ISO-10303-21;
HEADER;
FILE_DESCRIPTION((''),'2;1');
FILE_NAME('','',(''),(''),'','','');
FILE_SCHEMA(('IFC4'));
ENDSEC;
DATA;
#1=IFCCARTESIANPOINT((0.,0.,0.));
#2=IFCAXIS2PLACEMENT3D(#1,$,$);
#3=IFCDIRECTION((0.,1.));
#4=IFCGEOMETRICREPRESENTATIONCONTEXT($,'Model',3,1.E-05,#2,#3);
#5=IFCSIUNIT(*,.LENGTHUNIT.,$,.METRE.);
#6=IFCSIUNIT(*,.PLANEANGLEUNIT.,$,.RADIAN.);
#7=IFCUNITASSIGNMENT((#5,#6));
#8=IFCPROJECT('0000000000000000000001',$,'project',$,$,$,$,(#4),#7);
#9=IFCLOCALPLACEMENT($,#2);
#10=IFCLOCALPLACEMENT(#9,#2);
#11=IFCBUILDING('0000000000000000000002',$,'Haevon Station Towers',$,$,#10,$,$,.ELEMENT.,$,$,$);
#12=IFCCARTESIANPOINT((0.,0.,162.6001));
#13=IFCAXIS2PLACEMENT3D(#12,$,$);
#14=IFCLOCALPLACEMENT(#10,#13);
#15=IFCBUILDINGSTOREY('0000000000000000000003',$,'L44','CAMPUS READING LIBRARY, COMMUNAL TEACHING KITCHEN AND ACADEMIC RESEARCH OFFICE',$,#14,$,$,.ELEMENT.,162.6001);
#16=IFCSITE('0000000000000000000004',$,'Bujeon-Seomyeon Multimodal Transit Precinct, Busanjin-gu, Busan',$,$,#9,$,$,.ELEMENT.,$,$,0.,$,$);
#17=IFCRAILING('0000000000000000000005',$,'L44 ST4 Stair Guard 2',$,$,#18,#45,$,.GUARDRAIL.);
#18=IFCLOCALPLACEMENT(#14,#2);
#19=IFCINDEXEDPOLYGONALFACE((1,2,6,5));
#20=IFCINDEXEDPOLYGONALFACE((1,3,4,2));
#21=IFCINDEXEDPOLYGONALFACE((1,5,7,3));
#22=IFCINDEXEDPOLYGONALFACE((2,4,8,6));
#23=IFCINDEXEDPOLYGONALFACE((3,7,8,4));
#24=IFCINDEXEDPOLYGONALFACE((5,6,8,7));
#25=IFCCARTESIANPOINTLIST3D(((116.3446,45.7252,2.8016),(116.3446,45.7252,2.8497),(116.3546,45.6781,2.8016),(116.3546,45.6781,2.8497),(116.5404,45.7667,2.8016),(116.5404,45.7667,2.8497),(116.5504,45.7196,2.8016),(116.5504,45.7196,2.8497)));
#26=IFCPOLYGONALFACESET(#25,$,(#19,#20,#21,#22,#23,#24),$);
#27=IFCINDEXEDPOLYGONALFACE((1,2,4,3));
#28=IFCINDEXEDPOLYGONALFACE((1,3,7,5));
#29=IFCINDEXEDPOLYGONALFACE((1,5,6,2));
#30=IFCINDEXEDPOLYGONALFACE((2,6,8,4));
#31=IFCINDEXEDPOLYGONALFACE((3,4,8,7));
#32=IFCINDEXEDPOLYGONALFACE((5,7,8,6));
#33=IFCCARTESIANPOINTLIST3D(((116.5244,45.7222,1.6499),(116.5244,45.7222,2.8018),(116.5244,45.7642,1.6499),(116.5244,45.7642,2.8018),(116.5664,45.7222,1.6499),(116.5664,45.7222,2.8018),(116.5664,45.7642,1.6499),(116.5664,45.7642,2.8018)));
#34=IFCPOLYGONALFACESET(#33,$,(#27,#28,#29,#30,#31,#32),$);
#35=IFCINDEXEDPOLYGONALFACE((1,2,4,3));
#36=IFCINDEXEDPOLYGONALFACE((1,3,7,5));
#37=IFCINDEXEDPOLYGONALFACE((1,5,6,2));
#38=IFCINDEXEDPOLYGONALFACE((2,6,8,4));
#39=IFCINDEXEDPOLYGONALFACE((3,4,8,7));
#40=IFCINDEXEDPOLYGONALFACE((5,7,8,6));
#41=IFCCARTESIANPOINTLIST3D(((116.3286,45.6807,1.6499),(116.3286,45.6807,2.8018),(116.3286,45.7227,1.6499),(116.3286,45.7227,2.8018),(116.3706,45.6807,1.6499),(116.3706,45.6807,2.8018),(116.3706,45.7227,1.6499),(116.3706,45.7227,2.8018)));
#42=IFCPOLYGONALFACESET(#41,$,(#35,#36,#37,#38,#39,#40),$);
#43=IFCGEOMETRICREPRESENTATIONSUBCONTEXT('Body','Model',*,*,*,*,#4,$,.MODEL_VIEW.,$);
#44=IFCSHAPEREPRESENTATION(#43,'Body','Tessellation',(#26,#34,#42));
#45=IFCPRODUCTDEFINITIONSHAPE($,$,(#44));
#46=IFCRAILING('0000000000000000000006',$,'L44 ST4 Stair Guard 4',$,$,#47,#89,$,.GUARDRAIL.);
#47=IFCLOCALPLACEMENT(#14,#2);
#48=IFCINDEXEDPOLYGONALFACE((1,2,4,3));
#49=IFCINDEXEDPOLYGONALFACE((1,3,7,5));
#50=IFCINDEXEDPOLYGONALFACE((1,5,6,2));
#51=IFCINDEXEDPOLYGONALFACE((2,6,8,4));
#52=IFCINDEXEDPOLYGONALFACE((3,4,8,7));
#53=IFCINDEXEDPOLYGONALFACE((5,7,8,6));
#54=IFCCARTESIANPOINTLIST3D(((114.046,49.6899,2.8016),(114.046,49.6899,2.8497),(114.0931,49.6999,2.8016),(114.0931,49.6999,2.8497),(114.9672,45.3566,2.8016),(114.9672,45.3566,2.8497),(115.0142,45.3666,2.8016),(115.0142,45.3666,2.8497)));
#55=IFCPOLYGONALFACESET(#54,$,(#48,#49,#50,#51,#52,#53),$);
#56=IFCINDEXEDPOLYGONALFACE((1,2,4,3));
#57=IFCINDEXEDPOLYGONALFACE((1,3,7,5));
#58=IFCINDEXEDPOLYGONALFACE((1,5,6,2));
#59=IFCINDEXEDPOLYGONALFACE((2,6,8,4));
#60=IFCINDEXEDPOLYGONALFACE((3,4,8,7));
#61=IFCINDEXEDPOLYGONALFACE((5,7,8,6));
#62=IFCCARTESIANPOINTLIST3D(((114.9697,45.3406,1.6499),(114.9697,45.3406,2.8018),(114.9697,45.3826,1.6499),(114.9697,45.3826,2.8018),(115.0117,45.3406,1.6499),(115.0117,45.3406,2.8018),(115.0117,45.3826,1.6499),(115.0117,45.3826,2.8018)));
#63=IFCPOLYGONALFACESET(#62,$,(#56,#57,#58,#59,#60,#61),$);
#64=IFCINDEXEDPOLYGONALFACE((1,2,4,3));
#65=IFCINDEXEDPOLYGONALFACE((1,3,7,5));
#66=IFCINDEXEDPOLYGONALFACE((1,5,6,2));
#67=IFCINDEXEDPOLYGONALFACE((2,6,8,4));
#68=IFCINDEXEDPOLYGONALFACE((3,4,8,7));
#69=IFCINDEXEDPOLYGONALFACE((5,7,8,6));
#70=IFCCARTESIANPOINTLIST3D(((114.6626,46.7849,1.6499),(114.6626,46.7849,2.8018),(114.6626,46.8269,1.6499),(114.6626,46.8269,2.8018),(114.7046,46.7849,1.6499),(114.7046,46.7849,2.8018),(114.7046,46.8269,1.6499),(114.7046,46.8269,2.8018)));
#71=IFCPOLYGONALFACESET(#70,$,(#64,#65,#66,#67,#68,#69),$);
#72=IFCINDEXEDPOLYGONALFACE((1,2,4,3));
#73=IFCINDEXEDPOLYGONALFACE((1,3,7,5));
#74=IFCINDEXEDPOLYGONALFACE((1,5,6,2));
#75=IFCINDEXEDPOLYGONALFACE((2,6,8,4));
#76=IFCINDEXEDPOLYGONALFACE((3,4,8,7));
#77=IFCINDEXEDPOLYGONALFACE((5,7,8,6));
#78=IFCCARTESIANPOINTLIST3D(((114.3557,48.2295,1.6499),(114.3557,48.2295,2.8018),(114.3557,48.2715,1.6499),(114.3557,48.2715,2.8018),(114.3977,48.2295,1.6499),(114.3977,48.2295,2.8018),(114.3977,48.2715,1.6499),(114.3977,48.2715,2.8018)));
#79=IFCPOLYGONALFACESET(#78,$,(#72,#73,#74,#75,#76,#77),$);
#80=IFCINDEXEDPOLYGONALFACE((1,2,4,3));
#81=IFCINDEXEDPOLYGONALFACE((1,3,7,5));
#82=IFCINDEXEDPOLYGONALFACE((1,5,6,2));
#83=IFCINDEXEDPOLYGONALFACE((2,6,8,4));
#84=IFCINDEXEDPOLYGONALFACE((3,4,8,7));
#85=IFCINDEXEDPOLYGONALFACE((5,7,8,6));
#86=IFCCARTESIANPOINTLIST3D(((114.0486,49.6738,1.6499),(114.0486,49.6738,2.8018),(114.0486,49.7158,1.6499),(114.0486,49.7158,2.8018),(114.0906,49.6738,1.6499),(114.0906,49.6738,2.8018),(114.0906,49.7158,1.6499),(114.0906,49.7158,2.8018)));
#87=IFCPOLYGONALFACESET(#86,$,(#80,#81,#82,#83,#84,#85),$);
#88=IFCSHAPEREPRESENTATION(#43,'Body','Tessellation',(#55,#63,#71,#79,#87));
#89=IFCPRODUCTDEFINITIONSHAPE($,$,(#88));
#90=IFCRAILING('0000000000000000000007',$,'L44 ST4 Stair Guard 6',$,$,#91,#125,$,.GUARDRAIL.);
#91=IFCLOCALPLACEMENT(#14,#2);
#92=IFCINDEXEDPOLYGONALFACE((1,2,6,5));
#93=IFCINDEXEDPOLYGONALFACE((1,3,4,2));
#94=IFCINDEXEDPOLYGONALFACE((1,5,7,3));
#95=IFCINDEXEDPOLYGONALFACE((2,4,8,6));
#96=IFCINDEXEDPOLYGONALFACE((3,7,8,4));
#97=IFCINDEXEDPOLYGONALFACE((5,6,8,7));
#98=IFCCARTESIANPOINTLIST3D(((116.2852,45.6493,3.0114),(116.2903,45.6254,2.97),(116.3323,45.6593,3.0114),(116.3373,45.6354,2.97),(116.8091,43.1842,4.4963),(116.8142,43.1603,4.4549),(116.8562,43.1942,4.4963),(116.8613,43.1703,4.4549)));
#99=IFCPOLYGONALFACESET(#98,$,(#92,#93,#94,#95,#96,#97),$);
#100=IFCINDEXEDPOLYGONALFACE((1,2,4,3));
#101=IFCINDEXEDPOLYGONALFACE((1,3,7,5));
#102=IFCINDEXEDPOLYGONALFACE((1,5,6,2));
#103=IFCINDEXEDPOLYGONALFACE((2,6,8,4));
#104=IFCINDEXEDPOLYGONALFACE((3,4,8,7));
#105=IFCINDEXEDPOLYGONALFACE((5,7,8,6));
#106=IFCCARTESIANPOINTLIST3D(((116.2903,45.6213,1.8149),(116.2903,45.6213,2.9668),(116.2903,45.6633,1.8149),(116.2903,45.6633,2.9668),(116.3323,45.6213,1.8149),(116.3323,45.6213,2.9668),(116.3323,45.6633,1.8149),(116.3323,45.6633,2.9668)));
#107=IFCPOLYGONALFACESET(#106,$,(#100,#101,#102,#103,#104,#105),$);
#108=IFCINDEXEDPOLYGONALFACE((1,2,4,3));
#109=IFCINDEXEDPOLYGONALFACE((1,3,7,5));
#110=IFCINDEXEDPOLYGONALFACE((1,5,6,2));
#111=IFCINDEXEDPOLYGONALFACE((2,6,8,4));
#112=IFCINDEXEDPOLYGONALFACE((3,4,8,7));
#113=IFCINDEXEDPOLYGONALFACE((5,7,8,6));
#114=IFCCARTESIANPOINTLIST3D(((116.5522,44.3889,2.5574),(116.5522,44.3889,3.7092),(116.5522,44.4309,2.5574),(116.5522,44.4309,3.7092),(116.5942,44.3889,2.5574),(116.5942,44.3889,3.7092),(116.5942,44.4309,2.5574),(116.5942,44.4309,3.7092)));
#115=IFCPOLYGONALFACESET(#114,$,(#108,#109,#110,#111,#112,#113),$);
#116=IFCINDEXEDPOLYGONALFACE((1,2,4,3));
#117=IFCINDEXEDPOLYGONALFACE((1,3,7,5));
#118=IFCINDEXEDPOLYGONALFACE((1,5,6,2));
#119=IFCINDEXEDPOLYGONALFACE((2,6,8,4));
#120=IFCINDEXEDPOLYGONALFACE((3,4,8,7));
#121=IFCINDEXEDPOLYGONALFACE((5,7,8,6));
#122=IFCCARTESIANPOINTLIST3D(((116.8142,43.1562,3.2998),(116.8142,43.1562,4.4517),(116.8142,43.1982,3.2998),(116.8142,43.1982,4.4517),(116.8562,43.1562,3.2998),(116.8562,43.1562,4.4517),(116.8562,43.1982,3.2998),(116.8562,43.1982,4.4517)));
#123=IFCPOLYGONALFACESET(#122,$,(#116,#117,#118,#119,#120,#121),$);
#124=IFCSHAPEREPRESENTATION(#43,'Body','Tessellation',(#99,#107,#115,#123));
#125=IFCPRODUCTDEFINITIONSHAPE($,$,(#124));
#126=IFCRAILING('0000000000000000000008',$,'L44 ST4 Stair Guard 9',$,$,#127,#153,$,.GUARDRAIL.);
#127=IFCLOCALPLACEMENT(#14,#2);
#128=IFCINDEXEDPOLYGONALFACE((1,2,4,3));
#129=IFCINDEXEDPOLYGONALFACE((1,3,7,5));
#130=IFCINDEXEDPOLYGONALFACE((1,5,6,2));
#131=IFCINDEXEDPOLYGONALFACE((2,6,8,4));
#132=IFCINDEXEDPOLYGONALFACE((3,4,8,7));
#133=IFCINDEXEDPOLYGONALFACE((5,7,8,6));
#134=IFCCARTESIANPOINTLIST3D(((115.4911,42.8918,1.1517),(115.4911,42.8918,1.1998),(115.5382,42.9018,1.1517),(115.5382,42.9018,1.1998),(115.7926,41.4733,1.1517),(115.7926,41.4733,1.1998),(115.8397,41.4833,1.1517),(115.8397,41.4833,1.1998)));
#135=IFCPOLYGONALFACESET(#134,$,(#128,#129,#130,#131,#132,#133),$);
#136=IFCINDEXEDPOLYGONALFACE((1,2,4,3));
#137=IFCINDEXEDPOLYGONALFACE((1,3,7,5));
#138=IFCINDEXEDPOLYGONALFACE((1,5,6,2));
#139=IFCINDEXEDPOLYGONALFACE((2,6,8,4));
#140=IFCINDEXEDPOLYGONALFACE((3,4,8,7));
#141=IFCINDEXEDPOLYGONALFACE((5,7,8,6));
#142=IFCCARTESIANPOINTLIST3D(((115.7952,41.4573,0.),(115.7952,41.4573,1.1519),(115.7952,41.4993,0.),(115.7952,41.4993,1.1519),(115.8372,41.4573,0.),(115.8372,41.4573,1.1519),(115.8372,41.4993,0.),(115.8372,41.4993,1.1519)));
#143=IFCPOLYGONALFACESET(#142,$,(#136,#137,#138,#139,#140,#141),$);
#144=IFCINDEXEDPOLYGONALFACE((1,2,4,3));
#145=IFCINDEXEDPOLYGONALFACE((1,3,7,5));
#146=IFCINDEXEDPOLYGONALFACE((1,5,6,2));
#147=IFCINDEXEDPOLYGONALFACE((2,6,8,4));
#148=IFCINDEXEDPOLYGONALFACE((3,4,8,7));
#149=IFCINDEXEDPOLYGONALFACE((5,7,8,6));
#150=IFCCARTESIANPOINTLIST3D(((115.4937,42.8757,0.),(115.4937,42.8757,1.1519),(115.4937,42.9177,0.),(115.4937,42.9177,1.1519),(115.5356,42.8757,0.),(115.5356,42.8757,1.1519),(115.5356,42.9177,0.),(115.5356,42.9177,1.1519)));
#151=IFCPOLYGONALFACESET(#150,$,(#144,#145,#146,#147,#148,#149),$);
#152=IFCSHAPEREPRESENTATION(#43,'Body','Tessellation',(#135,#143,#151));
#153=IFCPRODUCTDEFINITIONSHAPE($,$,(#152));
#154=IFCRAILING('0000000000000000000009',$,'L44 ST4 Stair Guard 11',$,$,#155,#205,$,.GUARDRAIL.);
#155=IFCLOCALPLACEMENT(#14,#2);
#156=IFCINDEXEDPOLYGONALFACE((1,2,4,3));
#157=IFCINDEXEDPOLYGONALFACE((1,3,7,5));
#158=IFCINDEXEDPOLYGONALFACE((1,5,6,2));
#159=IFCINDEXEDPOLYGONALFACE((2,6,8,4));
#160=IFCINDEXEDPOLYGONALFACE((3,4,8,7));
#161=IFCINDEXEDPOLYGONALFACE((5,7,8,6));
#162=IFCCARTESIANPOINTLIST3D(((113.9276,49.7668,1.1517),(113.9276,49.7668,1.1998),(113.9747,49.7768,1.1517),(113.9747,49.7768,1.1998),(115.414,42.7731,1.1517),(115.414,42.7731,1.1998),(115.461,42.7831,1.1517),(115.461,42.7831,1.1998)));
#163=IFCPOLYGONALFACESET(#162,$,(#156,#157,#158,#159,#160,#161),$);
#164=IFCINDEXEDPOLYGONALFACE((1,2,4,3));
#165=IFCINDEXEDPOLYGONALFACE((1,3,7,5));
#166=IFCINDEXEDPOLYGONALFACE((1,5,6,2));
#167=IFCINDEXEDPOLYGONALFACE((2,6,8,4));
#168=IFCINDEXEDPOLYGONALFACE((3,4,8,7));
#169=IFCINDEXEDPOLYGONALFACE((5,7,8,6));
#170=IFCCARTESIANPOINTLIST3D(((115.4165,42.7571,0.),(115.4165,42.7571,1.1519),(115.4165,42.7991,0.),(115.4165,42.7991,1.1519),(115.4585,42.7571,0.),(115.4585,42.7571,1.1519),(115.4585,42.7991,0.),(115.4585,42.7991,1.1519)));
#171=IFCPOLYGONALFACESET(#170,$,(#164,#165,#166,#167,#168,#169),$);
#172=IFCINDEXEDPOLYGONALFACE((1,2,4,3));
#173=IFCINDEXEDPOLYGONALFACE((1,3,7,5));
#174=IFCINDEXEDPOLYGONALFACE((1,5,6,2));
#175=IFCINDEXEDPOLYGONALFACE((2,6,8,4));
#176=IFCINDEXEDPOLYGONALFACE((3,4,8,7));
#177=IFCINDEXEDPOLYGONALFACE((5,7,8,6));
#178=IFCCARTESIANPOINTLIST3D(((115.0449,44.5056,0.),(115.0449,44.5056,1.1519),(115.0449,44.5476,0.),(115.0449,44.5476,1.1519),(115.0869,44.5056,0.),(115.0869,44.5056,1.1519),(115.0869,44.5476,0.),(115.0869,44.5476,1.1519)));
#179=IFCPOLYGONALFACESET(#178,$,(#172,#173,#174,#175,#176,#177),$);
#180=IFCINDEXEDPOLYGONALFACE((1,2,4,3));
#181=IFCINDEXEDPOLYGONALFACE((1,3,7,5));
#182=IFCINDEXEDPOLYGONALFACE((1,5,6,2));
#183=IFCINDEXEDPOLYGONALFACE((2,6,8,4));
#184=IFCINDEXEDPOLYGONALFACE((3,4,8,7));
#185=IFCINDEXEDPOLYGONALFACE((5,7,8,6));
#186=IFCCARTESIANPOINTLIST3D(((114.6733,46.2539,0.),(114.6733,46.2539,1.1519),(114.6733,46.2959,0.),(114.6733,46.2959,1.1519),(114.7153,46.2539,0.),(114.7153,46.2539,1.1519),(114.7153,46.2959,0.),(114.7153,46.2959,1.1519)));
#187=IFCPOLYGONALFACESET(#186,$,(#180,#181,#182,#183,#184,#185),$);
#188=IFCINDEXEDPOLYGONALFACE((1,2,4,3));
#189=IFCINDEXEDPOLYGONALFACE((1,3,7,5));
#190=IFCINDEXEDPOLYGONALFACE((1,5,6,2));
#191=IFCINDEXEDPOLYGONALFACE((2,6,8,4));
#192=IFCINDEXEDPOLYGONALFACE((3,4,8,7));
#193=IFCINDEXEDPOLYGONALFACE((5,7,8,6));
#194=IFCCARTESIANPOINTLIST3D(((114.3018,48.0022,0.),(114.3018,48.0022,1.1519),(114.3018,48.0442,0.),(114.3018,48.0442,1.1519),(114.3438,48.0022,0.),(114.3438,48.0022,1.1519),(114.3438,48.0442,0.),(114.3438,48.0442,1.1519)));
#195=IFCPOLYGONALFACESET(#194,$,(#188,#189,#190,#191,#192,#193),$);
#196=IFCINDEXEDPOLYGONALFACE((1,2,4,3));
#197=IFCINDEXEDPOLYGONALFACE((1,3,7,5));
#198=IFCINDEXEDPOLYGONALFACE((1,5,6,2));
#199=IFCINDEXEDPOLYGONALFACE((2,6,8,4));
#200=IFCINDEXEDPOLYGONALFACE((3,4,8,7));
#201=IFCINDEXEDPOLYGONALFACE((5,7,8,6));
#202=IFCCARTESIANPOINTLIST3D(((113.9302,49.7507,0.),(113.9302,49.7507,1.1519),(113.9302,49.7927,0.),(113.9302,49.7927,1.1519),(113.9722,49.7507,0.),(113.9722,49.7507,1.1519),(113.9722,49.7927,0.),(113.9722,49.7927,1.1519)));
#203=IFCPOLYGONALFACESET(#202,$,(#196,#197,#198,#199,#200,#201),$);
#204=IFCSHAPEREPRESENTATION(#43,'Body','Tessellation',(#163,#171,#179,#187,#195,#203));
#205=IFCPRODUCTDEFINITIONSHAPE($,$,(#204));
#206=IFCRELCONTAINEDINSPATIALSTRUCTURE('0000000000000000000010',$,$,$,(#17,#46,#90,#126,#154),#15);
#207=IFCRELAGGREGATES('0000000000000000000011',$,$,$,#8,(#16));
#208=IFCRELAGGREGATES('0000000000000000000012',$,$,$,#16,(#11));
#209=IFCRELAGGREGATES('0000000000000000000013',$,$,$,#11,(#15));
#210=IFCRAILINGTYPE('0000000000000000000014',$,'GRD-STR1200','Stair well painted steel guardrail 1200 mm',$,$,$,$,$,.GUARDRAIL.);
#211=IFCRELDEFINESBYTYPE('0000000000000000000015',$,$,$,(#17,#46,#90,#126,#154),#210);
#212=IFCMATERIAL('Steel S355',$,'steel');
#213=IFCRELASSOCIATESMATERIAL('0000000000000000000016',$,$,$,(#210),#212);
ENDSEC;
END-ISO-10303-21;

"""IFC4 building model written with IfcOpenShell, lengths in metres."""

from ifc_helpers import new_model, si_unit, direction, frame, origin, origin_2d, place, context, subcontext, project, spatial, rectangle, extrude, material, type_object, element, save


model = new_model("IFC4")

# Units and contexts
model_context = context("Model", 3, precision=1e-05, world=origin(), true_north=direction((0.0, 1.0)))
body_context = subcontext(model_context, "Body", "Model", "MODEL_VIEW")
ifc_project = project(units=[si_unit("LENGTHUNIT", "METRE"), si_unit("PLANEANGLEUNIT", "RADIAN")], contexts=[model_context])

# Site, building, storey
site_placement = place(None, origin())
site = spatial("IfcSite", under=ifc_project, at=site_placement, Name="Bujeon-Seomyeon Multimodal Transit Precinct, Busanjin-gu, Busan", CompositionType="ELEMENT", RefElevation=0.0)
building_placement = place(site_placement, origin())
building = spatial("IfcBuilding", under=site, at=building_placement, Name="Haevon Station Towers", CompositionType="ELEMENT")
storey_placement = place(building_placement, frame((0.0, 0.0, 162.6001)))
storey = spatial("IfcBuildingStorey", under=building, at=storey_placement, Name="L44", Description="CAMPUS READING LIBRARY, COMMUNAL TEACHING KITCHEN AND ACADEMIC RESEARCH OFFICE", CompositionType="ELEMENT", Elevation=162.6001)

# Shared definitions
ifc_material_1 = material(Name="Steel S355", Category="steel")

# Railings
railing_type_1 = type_object("IfcRailingType", Name="GRD-STR1200", Description="Stair well painted steel guardrail 1200 mm", PredefinedType="GUARDRAIL", material=ifc_material_1)
railing_1_placement = place(storey_placement, frame((116.5454, 45.7432, 1.6499)))
element("IfcRailing", 1, at=railing_1_placement, inside=storey, type_object=railing_type_1, Name="L44 ST4 Stair Guard 2", PredefinedType="GUARDRAIL", context=body_context, shape_type="SweptSolid", body=[
    extrude(rectangle(XDim=0.0481, YDim=0.0481, at=origin_2d()), frame((0.0, 0.0, 1.1758), z_axis=(-0.978264, -0.207363, 0.0), x_axis=(0.207363, -0.978264, 0.0)), (0.0, 0.0, 1.0), 0.2002),
    extrude(rectangle(XDim=0.042, YDim=0.042, at=origin_2d()), origin(), (0.0, 0.0, 1.0), 1.1519),
    extrude(rectangle(XDim=0.042, YDim=0.042, at=origin_2d()), frame((-0.1958, -0.0415, 0.0)), (0.0, 0.0, 1.0), 1.1519),
])
railing_2_placement = place(storey_placement, frame((114.9907, 45.3616, 1.6499)))
element("IfcRailing", 2, at=railing_2_placement, inside=storey, type_object=railing_type_1, Name="L44 ST4 Stair Guard 4", PredefinedType="GUARDRAIL", context=body_context, shape_type="SweptSolid", body=[
    extrude(rectangle(XDim=0.0481, YDim=0.0481, at=origin_2d()), frame((0.0, 0.0, 1.1758), z_axis=(-0.207929, 0.978144, 0.0), x_axis=(-0.978144, -0.207929, 0.0)), (0.0, 0.0, 1.0), 4.4302),
    extrude(rectangle(XDim=0.042, YDim=0.042, at=origin_2d()), origin(), (0.0, 0.0, 1.0), 1.1519),
    extrude(rectangle(XDim=0.042, YDim=0.042, at=origin_2d()), frame((-0.3071, 1.4443, 0.0)), (0.0, 0.0, 1.0), 1.1519),
    extrude(rectangle(XDim=0.042, YDim=0.042, at=origin_2d()), frame((-0.614, 2.8889, 0.0)), (0.0, 0.0, 1.0), 1.1519),
    extrude(rectangle(XDim=0.042, YDim=0.042, at=origin_2d()), frame((-0.9211, 4.3333, 0.0)), (0.0, 0.0, 1.0), 1.1519),
])
railing_3_placement = place(storey_placement, frame((116.3113, 45.6423, 1.8149)))
element("IfcRailing", 3, at=railing_3_placement, inside=storey, type_object=railing_type_1, Name="L44 ST4 Stair Guard 6", PredefinedType="GUARDRAIL", context=body_context, shape_type="SweptSolid", body=[
    extrude(rectangle(XDim=0.0481, YDim=0.0481, at=origin_2d()), frame((0.0, 0.0, 1.1758), z_axis=(0.179116, -0.842748, 0.507635), x_axis=(0.978151, 0.207895, 0.0)), (0.0, 0.0, 1.0), 2.925),
    extrude(rectangle(XDim=0.042, YDim=0.042, at=origin_2d()), origin(), (0.0, 0.0, 1.0), 1.1519),
    extrude(rectangle(XDim=0.042, YDim=0.042, at=origin_2d()), frame((0.262, -1.2324, 0.7424)), (0.0, 0.0, 1.0), 1.1519),
    extrude(rectangle(XDim=0.042, YDim=0.042, at=origin_2d()), frame((0.5239, -2.4651, 1.4849)), (0.0, 0.0, 1.0), 1.1519),
])
railing_4_placement = place(storey_placement, frame((115.8162, 41.4783, 0.0)))
element("IfcRailing", 4, at=railing_4_placement, inside=storey, type_object=railing_type_1, Name="L44 ST4 Stair Guard 9", PredefinedType="GUARDRAIL", context=body_context, shape_type="SweptSolid", body=[
    extrude(rectangle(XDim=0.0481, YDim=0.0481, at=origin_2d()), frame((0.0, 0.0, 1.1758), z_axis=(-0.207919, 0.978146, 0.0), x_axis=(-0.978146, -0.207919, 0.0)), (0.0, 0.0, 1.0), 1.4502),
    extrude(rectangle(XDim=0.042, YDim=0.042, at=origin_2d()), origin(), (0.0, 0.0, 1.0), 1.1519),
    extrude(rectangle(XDim=0.042, YDim=0.042, at=origin_2d()), frame((-0.3015, 1.4185, 0.0)), (0.0, 0.0, 1.0), 1.1519),
])
railing_5_placement = place(storey_placement, frame((115.4375, 42.7781, 0.0)))
element("IfcRailing", 5, at=railing_5_placement, inside=storey, type_object=railing_type_1, Name="L44 ST4 Stair Guard 11", PredefinedType="GUARDRAIL", context=body_context, shape_type="SweptSolid", body=[
    extrude(rectangle(XDim=0.0481, YDim=0.0481, at=origin_2d()), frame((0.0, 0.0, 1.1758), z_axis=(-0.207882, 0.978154, 0.0), x_axis=(-0.978154, -0.207882, 0.0)), (0.0, 0.0, 1.0), 7.1499),
    extrude(rectangle(XDim=0.042, YDim=0.042, at=origin_2d()), origin(), (0.0, 0.0, 1.0), 1.1519),
    extrude(rectangle(XDim=0.042, YDim=0.042, at=origin_2d()), frame((-0.3716, 1.7485, 0.0)), (0.0, 0.0, 1.0), 1.1519),
    extrude(rectangle(XDim=0.042, YDim=0.042, at=origin_2d()), frame((-0.7432, 3.4968, 0.0)), (0.0, 0.0, 1.0), 1.1519),
    extrude(rectangle(XDim=0.042, YDim=0.042, at=origin_2d()), frame((-1.1147, 5.2451, 0.0)), (0.0, 0.0, 1.0), 1.1519),
    extrude(rectangle(XDim=0.042, YDim=0.042, at=origin_2d()), frame((-1.4863, 6.9937, 0.0)), (0.0, 0.0, 1.0), 1.1519),
])

save(model, "model.ifc")
